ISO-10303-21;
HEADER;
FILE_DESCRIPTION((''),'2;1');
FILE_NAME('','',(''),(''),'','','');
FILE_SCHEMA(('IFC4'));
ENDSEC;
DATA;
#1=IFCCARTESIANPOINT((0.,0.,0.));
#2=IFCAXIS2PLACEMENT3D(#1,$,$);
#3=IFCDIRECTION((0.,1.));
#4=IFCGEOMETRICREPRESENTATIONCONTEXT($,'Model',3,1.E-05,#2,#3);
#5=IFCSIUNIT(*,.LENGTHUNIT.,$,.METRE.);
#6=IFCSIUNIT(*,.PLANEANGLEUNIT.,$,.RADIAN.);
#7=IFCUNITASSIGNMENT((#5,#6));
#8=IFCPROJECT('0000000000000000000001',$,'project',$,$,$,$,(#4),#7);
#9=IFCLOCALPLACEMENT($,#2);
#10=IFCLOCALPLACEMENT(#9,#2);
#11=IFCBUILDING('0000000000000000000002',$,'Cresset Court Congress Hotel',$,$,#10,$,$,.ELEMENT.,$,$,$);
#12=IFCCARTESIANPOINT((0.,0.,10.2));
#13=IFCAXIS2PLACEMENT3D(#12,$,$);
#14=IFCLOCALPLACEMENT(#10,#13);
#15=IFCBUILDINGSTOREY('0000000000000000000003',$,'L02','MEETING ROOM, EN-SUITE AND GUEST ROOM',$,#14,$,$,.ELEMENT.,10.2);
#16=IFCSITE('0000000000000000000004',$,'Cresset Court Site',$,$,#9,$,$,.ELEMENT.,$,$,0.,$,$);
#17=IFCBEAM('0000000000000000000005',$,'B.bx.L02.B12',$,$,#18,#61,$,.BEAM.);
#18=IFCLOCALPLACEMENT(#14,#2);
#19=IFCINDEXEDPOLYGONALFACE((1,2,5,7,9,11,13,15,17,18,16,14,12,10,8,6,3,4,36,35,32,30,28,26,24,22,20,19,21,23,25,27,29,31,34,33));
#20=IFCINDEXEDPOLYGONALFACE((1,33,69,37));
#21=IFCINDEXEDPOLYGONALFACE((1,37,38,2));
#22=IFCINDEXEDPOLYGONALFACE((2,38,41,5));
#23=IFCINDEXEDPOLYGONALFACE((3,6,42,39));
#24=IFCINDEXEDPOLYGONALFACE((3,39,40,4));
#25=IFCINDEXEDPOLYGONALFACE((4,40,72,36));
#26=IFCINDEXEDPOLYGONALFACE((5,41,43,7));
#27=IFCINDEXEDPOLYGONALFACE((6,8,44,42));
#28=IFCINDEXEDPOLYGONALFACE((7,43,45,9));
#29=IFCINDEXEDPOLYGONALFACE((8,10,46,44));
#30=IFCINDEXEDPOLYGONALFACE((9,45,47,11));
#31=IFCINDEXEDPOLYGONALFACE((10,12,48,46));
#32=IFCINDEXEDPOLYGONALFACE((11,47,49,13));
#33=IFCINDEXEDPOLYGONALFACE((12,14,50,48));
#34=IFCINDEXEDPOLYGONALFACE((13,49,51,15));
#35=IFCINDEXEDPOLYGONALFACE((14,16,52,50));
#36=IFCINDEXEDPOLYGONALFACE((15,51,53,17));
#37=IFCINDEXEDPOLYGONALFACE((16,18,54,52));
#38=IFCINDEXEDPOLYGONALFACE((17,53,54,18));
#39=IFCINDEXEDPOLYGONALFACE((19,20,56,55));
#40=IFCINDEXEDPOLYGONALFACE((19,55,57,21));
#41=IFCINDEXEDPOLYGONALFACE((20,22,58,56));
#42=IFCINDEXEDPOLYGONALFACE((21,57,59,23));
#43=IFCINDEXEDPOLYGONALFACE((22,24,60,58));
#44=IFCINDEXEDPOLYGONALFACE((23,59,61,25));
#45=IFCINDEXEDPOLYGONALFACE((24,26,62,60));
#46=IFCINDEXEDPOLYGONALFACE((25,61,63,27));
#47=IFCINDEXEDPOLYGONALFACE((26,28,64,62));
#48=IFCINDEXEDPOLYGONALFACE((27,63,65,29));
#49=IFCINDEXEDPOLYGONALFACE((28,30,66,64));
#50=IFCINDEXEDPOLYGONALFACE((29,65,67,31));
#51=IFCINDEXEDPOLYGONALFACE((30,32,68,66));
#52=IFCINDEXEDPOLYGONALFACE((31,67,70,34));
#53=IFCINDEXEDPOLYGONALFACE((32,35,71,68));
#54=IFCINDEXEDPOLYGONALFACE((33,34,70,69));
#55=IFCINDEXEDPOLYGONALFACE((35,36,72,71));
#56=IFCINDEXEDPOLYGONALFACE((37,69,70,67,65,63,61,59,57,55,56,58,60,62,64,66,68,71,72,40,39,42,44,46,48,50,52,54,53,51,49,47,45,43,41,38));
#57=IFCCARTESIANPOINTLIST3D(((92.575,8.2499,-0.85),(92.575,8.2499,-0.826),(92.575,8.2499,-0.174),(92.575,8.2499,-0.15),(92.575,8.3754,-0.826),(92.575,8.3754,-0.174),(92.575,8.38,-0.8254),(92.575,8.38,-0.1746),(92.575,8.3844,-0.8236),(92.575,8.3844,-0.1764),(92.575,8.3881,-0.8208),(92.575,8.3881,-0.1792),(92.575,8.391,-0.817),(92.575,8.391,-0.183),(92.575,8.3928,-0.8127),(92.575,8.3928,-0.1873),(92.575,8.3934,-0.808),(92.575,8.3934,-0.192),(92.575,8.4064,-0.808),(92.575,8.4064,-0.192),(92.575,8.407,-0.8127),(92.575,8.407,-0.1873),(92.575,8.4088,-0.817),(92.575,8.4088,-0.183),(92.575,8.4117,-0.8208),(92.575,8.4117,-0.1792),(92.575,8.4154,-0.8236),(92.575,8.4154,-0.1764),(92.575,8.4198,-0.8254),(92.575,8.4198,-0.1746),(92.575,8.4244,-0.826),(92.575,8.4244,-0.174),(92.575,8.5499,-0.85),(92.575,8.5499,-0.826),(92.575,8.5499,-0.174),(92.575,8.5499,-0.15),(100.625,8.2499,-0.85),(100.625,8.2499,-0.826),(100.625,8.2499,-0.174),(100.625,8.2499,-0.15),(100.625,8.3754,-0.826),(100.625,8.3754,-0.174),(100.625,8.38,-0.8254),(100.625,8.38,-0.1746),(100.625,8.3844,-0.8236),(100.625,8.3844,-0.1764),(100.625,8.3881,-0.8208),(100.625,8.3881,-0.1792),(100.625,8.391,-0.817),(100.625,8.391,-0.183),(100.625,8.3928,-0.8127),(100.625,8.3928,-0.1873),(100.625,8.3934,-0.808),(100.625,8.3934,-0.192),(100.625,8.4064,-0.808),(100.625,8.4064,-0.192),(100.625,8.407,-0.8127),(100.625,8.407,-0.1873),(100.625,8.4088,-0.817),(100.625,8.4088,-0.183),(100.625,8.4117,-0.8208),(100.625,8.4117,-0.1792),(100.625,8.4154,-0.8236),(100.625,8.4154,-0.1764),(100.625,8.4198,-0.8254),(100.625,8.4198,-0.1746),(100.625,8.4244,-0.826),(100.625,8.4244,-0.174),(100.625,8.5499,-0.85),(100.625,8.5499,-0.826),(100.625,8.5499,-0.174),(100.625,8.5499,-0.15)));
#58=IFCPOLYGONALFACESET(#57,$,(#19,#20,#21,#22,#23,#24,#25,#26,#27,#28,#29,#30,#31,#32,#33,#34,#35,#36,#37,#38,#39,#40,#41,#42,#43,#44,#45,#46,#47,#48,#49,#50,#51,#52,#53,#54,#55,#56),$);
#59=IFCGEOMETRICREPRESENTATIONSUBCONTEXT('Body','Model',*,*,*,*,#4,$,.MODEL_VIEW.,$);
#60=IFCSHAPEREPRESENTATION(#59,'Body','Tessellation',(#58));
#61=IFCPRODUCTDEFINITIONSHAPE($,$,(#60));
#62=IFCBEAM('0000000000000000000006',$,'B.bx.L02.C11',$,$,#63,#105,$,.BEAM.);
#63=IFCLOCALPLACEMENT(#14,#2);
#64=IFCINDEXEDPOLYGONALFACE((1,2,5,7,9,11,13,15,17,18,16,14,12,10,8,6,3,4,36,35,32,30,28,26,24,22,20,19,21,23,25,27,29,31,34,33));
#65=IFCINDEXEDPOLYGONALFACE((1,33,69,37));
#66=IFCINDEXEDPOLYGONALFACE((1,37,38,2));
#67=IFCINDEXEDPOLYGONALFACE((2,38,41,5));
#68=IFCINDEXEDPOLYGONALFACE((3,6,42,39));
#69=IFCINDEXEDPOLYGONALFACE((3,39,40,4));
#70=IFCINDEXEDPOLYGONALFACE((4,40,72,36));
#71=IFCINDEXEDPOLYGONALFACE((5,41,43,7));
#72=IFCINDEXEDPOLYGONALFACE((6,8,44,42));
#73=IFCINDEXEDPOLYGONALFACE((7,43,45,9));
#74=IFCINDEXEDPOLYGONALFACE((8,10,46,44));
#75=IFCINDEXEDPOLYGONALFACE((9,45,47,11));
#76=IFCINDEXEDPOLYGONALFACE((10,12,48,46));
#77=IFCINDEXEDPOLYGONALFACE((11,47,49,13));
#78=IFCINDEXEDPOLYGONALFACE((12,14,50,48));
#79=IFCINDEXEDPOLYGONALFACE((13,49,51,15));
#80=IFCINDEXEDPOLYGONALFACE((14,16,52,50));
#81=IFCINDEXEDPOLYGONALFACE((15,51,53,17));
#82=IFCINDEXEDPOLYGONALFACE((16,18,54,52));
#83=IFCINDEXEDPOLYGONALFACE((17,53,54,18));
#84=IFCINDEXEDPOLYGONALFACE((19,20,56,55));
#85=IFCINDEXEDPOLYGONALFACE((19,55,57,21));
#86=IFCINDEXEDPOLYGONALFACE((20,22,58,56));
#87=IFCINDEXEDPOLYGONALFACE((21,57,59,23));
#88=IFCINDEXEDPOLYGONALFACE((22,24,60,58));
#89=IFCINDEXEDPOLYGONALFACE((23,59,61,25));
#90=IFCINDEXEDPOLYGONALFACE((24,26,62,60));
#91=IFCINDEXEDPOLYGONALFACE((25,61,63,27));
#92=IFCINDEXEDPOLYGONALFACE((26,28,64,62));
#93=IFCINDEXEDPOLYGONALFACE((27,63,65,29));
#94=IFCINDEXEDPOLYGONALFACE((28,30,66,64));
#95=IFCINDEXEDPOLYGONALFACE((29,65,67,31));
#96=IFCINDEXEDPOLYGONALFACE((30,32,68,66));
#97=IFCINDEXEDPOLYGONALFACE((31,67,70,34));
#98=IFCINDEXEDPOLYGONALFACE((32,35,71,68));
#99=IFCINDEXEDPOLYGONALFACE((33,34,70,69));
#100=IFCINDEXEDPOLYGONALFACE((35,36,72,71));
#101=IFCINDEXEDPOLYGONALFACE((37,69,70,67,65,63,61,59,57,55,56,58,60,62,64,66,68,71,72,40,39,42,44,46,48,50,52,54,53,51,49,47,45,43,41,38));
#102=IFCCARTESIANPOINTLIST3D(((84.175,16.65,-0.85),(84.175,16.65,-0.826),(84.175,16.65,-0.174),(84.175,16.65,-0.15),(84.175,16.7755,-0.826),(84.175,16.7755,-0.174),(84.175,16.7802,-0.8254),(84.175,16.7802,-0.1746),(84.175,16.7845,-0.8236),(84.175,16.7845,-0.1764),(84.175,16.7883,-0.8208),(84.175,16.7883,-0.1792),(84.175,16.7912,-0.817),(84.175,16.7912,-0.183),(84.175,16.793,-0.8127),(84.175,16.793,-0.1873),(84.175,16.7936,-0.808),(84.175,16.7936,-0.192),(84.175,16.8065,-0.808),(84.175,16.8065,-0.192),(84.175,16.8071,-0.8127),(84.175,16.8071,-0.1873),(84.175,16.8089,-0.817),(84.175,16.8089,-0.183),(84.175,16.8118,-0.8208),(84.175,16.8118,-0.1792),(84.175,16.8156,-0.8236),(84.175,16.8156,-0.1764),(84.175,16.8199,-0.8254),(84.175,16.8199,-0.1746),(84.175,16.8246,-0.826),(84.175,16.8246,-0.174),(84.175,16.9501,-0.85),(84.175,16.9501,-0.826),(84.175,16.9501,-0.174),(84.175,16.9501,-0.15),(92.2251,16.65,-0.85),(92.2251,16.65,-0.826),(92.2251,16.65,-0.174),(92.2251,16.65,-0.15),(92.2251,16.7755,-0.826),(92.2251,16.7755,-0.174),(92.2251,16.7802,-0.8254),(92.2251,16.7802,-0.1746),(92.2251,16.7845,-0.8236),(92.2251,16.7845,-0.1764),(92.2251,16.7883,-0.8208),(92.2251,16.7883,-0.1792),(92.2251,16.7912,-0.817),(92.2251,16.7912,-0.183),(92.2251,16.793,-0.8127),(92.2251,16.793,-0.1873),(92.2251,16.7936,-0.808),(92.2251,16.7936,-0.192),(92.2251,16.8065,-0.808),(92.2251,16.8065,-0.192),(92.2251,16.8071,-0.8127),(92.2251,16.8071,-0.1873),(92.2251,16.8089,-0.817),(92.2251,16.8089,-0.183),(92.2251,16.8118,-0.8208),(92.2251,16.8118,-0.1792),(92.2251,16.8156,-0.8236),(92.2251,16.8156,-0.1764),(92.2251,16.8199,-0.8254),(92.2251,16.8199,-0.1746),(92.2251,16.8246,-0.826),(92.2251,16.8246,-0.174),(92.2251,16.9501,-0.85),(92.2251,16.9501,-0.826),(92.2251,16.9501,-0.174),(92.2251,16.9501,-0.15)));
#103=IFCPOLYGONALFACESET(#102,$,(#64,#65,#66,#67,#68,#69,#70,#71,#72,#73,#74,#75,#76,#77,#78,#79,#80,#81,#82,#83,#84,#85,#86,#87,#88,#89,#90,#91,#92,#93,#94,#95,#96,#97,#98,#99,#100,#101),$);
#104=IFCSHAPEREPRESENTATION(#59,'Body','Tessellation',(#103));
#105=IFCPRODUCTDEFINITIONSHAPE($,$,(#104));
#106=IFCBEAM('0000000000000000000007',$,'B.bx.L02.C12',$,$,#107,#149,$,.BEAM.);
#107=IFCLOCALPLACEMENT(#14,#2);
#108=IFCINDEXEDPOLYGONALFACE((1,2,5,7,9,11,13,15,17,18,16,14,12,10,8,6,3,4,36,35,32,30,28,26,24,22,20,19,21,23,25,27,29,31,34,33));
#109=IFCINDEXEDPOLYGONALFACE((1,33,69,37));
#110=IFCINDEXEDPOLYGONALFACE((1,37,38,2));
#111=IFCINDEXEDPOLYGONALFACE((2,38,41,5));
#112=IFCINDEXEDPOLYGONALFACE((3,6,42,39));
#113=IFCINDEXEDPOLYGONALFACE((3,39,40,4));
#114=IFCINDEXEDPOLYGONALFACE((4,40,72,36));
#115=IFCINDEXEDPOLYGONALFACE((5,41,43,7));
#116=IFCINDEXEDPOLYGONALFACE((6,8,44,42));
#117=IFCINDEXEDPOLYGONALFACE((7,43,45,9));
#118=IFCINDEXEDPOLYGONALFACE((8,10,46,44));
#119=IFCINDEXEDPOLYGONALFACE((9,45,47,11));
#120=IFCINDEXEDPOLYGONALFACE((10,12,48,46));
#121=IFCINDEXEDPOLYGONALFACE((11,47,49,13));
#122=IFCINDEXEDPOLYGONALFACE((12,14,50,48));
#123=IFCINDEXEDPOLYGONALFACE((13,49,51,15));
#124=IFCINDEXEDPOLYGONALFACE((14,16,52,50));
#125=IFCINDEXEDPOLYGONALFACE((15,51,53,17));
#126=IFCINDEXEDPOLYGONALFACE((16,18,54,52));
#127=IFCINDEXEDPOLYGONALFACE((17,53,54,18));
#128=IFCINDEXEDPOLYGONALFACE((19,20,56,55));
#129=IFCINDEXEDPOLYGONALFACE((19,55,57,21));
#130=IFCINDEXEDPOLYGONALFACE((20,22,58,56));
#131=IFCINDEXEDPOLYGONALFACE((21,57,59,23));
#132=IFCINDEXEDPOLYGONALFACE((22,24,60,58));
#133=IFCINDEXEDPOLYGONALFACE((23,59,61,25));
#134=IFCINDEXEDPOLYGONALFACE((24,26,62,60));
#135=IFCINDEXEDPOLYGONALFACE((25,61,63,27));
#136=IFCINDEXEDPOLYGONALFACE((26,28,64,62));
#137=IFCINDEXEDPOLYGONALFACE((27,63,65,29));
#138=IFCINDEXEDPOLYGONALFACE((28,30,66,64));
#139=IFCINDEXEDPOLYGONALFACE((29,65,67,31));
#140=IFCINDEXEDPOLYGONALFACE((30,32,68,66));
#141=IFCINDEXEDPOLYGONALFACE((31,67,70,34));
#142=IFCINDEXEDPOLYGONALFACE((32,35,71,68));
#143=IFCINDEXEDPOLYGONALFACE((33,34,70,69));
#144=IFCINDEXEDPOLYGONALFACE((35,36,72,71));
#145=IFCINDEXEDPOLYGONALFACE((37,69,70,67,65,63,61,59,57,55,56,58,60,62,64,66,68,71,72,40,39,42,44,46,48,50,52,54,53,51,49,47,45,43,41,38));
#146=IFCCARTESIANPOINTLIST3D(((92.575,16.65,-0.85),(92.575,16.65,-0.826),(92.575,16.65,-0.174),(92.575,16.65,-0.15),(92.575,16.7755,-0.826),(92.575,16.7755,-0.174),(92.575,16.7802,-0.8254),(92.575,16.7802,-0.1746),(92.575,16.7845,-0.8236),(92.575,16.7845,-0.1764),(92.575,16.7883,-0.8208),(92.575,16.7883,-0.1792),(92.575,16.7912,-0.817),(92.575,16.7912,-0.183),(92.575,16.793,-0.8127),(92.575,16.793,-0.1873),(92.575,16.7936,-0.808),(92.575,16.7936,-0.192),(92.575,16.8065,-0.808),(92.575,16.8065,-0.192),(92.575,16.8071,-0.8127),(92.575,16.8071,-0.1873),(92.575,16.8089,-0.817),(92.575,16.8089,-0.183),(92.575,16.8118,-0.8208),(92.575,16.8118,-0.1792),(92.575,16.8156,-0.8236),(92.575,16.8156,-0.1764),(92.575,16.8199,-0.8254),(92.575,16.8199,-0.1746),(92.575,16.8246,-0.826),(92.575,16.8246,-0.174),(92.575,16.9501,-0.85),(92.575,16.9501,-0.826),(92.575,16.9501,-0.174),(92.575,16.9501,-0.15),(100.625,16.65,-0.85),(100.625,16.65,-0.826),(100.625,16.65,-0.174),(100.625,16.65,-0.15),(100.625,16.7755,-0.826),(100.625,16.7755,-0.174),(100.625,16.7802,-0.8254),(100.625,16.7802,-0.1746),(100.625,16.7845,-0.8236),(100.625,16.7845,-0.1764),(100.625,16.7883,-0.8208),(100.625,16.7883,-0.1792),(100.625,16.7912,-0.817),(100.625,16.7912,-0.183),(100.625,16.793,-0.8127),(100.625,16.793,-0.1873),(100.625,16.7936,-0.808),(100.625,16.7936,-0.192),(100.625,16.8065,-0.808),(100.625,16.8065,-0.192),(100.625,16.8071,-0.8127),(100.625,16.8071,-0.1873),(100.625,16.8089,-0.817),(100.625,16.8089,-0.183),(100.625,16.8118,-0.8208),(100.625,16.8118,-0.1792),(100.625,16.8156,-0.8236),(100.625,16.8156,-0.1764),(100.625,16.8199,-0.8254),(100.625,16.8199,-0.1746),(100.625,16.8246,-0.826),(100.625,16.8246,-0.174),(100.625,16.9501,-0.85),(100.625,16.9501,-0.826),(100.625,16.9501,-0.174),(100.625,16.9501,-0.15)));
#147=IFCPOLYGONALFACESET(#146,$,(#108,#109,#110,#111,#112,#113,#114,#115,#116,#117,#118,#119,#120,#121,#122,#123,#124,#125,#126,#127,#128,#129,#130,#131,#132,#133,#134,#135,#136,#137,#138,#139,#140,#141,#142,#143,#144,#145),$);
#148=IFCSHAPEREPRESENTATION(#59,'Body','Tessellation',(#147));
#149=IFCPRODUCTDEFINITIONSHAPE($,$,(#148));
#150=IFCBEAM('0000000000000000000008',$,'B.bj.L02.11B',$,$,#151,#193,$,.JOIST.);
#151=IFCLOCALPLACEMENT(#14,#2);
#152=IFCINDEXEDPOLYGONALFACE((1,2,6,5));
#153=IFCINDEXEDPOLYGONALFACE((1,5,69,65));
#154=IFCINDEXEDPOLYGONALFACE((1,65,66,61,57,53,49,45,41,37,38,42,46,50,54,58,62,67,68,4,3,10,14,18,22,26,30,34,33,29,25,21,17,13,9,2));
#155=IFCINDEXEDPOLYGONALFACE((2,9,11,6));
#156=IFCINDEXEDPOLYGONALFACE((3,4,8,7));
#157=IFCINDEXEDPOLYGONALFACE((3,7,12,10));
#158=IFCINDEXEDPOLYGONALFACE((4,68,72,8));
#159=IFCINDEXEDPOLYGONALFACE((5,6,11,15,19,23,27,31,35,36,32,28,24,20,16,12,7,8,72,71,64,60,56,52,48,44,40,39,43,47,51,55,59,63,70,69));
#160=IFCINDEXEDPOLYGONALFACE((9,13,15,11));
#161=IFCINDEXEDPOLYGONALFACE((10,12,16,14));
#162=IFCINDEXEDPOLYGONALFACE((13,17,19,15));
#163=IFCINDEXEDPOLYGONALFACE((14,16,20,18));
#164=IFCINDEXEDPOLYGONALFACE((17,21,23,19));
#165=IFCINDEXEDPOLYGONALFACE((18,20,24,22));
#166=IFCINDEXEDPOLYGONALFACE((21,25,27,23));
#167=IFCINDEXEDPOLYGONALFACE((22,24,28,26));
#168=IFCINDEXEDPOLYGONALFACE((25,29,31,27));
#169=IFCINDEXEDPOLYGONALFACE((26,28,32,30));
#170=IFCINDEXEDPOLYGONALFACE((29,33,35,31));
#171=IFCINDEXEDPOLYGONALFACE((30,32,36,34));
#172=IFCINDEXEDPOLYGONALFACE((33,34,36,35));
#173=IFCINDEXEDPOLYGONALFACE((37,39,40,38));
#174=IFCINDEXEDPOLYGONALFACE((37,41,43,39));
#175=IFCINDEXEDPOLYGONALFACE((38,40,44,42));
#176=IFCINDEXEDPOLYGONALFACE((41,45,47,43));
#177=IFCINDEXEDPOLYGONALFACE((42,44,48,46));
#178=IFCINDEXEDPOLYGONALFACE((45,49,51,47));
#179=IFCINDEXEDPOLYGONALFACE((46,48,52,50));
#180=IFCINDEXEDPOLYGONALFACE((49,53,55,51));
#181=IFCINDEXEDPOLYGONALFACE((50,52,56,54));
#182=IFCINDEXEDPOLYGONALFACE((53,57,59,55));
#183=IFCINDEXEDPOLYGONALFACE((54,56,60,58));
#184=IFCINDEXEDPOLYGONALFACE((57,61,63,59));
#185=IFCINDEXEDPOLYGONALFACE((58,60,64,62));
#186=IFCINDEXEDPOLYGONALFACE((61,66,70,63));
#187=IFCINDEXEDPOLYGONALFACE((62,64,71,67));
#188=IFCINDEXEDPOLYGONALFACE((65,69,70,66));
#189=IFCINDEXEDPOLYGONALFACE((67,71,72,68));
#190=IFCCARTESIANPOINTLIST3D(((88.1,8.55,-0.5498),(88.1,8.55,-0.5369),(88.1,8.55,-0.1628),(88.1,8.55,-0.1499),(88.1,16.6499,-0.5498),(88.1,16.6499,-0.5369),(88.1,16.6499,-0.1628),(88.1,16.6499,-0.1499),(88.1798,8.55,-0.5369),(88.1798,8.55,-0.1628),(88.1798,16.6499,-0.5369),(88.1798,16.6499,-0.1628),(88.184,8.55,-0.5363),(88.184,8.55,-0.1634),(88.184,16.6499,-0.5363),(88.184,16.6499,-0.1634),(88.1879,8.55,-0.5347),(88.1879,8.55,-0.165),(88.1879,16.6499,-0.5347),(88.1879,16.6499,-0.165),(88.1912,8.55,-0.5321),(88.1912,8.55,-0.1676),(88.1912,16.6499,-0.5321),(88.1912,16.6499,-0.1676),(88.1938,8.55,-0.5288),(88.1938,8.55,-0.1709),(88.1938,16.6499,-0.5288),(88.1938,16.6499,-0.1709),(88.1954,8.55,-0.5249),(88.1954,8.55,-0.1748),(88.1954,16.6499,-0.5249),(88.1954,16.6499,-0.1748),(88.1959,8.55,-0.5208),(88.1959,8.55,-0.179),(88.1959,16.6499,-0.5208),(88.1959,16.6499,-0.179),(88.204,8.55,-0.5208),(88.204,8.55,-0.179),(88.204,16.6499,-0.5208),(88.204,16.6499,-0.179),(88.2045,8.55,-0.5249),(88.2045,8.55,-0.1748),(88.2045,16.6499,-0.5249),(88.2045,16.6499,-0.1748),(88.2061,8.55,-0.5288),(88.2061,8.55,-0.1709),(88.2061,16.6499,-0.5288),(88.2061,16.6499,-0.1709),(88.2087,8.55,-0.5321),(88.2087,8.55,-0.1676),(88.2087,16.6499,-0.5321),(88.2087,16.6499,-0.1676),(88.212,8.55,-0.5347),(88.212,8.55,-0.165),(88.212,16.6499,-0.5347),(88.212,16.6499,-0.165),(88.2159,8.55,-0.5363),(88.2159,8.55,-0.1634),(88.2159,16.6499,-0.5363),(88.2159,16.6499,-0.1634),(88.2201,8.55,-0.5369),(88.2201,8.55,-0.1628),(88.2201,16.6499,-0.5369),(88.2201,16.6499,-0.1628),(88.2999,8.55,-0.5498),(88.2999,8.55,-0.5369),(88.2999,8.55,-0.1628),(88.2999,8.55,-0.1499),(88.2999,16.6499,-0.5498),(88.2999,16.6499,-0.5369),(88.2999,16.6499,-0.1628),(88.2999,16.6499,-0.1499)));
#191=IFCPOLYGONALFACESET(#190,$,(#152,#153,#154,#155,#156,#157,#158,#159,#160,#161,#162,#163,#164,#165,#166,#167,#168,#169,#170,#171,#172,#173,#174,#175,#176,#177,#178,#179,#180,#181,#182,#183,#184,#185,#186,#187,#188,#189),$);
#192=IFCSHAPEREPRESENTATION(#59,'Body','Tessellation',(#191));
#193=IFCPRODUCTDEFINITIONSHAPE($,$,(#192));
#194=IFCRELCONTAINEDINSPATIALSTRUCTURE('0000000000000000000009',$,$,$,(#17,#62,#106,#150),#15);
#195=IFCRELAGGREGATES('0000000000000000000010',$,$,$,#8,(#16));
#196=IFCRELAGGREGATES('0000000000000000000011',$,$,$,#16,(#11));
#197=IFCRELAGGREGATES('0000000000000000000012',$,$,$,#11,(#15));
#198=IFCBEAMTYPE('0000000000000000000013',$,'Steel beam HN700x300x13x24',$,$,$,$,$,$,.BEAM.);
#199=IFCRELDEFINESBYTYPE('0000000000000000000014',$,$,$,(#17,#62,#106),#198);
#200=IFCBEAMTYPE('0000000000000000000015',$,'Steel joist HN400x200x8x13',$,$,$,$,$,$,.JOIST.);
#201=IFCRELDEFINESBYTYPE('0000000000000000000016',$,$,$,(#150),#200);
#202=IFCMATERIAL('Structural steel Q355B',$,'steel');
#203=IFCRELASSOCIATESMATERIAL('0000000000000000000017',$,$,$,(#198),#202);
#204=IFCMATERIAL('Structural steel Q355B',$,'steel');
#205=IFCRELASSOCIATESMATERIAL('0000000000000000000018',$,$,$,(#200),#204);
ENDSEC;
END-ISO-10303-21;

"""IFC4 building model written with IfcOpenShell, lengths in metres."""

from ifc_helpers import new_model, si_unit, direction, frame, origin, origin_2d, place, context, subcontext, project, spatial, i_section, extrude, material, material_profile, profile_set, type_object, element, save


model = new_model("IFC4")

# Units and contexts
model_context = context("Model", 3, precision=1e-05, world=origin(), true_north=direction((0.0, 1.0)))
body_context = subcontext(model_context, "Body", "Model", "MODEL_VIEW")
ifc_project = project(units=[si_unit("LENGTHUNIT", "METRE"), si_unit("PLANEANGLEUNIT", "RADIAN")], contexts=[model_context])

# Site, building, storey
site_placement = place(None, origin())
site = spatial("IfcSite", under=ifc_project, at=site_placement, Name="Cresset Court Site", CompositionType="ELEMENT", RefElevation=0.0)
building_placement = place(site_placement, origin())
building = spatial("IfcBuilding", under=site, at=building_placement, Name="Cresset Court Congress Hotel", CompositionType="ELEMENT")
storey_placement = place(building_placement, frame((0.0, 0.0, 10.2)))
storey = spatial("IfcBuildingStorey", under=building, at=storey_placement, Name="L02", Description="MEETING ROOM, EN-SUITE AND GUEST ROOM", CompositionType="ELEMENT", Elevation=10.2)

# Beams
ifc_material_1 = material(Name="Structural steel Q355B", Category="steel")
ifc_material_profile_1 = material_profile(ifc_material_1, i_section(OverallWidth=0.3, OverallDepth=0.7, WebThickness=0.0129, FlangeThickness=0.0239, FilletRadius=0.0181, at=origin_2d()), Name="HN700x300x13x24")
ifc_profile_set_1 = profile_set([ifc_material_profile_1], Name="Structural steel Q355B")
beam_type_1 = type_object("IfcBeamType", Name="Steel beam HN700x300x13x24", PredefinedType="BEAM", material=ifc_profile_set_1)
for number, where, z_axis, x_axis, name in (
    (1, (92.575, 8.3999, -0.5), (1.0, 0.0, 0.0), (0.0, 1.0, 0.0), "B.bx.L02.B12"),
    (2, (84.175, 16.8, -0.5), (1.0, 0.0, 0.0), (0.0, 1.0, 0.0), "B.bx.L02.C11"),
    (3, (92.575, 16.8, -0.5), (1.0, 0.0, 0.0), (0.0, 1.0, 0.0), "B.bx.L02.C12"),
):
    element("IfcBeam", number, at=place(storey_placement, frame(where, z_axis=z_axis, x_axis=x_axis)), inside=storey, type_object=beam_type_1, Name=name, PredefinedType="BEAM", context=body_context, shape_type="SweptSolid", body=[
        extrude(i_section(OverallWidth=0.3, OverallDepth=0.7, WebThickness=0.0129, FlangeThickness=0.0239, FilletRadius=0.0181, at=origin_2d()), origin(), (0.0, 0.0, 1.0), 8.05),
    ])
ifc_material_2 = material(Name="Structural steel Q355B", Category="steel")
ifc_material_profile_2 = material_profile(ifc_material_2, i_section(OverallWidth=0.2, OverallDepth=0.3999, WebThickness=0.0081, FlangeThickness=0.0129, FilletRadius=0.0161, at=origin_2d()), Name="HN400x200x8x13")
ifc_profile_set_2 = profile_set([ifc_material_profile_2], Name="Structural steel Q355B")
beam_type_2 = type_object("IfcBeamType", Name="Steel joist HN400x200x8x13", PredefinedType="JOIST", material=ifc_profile_set_2)
beam_1_placement = place(storey_placement, frame((88.2, 8.55, -0.3499), z_axis=(0.0, 1.0, 0.0), x_axis=(-1.0, 0.0, 0.0)))
element("IfcBeam", 4, at=beam_1_placement, inside=storey, type_object=beam_type_2, Name="B.bj.L02.11B", PredefinedType="JOIST", context=body_context, shape_type="SweptSolid", body=[
    extrude(i_section(OverallWidth=0.2, OverallDepth=0.3999, WebThickness=0.0081, FlangeThickness=0.0129, FilletRadius=0.0161, at=origin_2d()), origin(), (0.0, 0.0, 1.0), 8.0999),
])

save(model, "model.ifc")
